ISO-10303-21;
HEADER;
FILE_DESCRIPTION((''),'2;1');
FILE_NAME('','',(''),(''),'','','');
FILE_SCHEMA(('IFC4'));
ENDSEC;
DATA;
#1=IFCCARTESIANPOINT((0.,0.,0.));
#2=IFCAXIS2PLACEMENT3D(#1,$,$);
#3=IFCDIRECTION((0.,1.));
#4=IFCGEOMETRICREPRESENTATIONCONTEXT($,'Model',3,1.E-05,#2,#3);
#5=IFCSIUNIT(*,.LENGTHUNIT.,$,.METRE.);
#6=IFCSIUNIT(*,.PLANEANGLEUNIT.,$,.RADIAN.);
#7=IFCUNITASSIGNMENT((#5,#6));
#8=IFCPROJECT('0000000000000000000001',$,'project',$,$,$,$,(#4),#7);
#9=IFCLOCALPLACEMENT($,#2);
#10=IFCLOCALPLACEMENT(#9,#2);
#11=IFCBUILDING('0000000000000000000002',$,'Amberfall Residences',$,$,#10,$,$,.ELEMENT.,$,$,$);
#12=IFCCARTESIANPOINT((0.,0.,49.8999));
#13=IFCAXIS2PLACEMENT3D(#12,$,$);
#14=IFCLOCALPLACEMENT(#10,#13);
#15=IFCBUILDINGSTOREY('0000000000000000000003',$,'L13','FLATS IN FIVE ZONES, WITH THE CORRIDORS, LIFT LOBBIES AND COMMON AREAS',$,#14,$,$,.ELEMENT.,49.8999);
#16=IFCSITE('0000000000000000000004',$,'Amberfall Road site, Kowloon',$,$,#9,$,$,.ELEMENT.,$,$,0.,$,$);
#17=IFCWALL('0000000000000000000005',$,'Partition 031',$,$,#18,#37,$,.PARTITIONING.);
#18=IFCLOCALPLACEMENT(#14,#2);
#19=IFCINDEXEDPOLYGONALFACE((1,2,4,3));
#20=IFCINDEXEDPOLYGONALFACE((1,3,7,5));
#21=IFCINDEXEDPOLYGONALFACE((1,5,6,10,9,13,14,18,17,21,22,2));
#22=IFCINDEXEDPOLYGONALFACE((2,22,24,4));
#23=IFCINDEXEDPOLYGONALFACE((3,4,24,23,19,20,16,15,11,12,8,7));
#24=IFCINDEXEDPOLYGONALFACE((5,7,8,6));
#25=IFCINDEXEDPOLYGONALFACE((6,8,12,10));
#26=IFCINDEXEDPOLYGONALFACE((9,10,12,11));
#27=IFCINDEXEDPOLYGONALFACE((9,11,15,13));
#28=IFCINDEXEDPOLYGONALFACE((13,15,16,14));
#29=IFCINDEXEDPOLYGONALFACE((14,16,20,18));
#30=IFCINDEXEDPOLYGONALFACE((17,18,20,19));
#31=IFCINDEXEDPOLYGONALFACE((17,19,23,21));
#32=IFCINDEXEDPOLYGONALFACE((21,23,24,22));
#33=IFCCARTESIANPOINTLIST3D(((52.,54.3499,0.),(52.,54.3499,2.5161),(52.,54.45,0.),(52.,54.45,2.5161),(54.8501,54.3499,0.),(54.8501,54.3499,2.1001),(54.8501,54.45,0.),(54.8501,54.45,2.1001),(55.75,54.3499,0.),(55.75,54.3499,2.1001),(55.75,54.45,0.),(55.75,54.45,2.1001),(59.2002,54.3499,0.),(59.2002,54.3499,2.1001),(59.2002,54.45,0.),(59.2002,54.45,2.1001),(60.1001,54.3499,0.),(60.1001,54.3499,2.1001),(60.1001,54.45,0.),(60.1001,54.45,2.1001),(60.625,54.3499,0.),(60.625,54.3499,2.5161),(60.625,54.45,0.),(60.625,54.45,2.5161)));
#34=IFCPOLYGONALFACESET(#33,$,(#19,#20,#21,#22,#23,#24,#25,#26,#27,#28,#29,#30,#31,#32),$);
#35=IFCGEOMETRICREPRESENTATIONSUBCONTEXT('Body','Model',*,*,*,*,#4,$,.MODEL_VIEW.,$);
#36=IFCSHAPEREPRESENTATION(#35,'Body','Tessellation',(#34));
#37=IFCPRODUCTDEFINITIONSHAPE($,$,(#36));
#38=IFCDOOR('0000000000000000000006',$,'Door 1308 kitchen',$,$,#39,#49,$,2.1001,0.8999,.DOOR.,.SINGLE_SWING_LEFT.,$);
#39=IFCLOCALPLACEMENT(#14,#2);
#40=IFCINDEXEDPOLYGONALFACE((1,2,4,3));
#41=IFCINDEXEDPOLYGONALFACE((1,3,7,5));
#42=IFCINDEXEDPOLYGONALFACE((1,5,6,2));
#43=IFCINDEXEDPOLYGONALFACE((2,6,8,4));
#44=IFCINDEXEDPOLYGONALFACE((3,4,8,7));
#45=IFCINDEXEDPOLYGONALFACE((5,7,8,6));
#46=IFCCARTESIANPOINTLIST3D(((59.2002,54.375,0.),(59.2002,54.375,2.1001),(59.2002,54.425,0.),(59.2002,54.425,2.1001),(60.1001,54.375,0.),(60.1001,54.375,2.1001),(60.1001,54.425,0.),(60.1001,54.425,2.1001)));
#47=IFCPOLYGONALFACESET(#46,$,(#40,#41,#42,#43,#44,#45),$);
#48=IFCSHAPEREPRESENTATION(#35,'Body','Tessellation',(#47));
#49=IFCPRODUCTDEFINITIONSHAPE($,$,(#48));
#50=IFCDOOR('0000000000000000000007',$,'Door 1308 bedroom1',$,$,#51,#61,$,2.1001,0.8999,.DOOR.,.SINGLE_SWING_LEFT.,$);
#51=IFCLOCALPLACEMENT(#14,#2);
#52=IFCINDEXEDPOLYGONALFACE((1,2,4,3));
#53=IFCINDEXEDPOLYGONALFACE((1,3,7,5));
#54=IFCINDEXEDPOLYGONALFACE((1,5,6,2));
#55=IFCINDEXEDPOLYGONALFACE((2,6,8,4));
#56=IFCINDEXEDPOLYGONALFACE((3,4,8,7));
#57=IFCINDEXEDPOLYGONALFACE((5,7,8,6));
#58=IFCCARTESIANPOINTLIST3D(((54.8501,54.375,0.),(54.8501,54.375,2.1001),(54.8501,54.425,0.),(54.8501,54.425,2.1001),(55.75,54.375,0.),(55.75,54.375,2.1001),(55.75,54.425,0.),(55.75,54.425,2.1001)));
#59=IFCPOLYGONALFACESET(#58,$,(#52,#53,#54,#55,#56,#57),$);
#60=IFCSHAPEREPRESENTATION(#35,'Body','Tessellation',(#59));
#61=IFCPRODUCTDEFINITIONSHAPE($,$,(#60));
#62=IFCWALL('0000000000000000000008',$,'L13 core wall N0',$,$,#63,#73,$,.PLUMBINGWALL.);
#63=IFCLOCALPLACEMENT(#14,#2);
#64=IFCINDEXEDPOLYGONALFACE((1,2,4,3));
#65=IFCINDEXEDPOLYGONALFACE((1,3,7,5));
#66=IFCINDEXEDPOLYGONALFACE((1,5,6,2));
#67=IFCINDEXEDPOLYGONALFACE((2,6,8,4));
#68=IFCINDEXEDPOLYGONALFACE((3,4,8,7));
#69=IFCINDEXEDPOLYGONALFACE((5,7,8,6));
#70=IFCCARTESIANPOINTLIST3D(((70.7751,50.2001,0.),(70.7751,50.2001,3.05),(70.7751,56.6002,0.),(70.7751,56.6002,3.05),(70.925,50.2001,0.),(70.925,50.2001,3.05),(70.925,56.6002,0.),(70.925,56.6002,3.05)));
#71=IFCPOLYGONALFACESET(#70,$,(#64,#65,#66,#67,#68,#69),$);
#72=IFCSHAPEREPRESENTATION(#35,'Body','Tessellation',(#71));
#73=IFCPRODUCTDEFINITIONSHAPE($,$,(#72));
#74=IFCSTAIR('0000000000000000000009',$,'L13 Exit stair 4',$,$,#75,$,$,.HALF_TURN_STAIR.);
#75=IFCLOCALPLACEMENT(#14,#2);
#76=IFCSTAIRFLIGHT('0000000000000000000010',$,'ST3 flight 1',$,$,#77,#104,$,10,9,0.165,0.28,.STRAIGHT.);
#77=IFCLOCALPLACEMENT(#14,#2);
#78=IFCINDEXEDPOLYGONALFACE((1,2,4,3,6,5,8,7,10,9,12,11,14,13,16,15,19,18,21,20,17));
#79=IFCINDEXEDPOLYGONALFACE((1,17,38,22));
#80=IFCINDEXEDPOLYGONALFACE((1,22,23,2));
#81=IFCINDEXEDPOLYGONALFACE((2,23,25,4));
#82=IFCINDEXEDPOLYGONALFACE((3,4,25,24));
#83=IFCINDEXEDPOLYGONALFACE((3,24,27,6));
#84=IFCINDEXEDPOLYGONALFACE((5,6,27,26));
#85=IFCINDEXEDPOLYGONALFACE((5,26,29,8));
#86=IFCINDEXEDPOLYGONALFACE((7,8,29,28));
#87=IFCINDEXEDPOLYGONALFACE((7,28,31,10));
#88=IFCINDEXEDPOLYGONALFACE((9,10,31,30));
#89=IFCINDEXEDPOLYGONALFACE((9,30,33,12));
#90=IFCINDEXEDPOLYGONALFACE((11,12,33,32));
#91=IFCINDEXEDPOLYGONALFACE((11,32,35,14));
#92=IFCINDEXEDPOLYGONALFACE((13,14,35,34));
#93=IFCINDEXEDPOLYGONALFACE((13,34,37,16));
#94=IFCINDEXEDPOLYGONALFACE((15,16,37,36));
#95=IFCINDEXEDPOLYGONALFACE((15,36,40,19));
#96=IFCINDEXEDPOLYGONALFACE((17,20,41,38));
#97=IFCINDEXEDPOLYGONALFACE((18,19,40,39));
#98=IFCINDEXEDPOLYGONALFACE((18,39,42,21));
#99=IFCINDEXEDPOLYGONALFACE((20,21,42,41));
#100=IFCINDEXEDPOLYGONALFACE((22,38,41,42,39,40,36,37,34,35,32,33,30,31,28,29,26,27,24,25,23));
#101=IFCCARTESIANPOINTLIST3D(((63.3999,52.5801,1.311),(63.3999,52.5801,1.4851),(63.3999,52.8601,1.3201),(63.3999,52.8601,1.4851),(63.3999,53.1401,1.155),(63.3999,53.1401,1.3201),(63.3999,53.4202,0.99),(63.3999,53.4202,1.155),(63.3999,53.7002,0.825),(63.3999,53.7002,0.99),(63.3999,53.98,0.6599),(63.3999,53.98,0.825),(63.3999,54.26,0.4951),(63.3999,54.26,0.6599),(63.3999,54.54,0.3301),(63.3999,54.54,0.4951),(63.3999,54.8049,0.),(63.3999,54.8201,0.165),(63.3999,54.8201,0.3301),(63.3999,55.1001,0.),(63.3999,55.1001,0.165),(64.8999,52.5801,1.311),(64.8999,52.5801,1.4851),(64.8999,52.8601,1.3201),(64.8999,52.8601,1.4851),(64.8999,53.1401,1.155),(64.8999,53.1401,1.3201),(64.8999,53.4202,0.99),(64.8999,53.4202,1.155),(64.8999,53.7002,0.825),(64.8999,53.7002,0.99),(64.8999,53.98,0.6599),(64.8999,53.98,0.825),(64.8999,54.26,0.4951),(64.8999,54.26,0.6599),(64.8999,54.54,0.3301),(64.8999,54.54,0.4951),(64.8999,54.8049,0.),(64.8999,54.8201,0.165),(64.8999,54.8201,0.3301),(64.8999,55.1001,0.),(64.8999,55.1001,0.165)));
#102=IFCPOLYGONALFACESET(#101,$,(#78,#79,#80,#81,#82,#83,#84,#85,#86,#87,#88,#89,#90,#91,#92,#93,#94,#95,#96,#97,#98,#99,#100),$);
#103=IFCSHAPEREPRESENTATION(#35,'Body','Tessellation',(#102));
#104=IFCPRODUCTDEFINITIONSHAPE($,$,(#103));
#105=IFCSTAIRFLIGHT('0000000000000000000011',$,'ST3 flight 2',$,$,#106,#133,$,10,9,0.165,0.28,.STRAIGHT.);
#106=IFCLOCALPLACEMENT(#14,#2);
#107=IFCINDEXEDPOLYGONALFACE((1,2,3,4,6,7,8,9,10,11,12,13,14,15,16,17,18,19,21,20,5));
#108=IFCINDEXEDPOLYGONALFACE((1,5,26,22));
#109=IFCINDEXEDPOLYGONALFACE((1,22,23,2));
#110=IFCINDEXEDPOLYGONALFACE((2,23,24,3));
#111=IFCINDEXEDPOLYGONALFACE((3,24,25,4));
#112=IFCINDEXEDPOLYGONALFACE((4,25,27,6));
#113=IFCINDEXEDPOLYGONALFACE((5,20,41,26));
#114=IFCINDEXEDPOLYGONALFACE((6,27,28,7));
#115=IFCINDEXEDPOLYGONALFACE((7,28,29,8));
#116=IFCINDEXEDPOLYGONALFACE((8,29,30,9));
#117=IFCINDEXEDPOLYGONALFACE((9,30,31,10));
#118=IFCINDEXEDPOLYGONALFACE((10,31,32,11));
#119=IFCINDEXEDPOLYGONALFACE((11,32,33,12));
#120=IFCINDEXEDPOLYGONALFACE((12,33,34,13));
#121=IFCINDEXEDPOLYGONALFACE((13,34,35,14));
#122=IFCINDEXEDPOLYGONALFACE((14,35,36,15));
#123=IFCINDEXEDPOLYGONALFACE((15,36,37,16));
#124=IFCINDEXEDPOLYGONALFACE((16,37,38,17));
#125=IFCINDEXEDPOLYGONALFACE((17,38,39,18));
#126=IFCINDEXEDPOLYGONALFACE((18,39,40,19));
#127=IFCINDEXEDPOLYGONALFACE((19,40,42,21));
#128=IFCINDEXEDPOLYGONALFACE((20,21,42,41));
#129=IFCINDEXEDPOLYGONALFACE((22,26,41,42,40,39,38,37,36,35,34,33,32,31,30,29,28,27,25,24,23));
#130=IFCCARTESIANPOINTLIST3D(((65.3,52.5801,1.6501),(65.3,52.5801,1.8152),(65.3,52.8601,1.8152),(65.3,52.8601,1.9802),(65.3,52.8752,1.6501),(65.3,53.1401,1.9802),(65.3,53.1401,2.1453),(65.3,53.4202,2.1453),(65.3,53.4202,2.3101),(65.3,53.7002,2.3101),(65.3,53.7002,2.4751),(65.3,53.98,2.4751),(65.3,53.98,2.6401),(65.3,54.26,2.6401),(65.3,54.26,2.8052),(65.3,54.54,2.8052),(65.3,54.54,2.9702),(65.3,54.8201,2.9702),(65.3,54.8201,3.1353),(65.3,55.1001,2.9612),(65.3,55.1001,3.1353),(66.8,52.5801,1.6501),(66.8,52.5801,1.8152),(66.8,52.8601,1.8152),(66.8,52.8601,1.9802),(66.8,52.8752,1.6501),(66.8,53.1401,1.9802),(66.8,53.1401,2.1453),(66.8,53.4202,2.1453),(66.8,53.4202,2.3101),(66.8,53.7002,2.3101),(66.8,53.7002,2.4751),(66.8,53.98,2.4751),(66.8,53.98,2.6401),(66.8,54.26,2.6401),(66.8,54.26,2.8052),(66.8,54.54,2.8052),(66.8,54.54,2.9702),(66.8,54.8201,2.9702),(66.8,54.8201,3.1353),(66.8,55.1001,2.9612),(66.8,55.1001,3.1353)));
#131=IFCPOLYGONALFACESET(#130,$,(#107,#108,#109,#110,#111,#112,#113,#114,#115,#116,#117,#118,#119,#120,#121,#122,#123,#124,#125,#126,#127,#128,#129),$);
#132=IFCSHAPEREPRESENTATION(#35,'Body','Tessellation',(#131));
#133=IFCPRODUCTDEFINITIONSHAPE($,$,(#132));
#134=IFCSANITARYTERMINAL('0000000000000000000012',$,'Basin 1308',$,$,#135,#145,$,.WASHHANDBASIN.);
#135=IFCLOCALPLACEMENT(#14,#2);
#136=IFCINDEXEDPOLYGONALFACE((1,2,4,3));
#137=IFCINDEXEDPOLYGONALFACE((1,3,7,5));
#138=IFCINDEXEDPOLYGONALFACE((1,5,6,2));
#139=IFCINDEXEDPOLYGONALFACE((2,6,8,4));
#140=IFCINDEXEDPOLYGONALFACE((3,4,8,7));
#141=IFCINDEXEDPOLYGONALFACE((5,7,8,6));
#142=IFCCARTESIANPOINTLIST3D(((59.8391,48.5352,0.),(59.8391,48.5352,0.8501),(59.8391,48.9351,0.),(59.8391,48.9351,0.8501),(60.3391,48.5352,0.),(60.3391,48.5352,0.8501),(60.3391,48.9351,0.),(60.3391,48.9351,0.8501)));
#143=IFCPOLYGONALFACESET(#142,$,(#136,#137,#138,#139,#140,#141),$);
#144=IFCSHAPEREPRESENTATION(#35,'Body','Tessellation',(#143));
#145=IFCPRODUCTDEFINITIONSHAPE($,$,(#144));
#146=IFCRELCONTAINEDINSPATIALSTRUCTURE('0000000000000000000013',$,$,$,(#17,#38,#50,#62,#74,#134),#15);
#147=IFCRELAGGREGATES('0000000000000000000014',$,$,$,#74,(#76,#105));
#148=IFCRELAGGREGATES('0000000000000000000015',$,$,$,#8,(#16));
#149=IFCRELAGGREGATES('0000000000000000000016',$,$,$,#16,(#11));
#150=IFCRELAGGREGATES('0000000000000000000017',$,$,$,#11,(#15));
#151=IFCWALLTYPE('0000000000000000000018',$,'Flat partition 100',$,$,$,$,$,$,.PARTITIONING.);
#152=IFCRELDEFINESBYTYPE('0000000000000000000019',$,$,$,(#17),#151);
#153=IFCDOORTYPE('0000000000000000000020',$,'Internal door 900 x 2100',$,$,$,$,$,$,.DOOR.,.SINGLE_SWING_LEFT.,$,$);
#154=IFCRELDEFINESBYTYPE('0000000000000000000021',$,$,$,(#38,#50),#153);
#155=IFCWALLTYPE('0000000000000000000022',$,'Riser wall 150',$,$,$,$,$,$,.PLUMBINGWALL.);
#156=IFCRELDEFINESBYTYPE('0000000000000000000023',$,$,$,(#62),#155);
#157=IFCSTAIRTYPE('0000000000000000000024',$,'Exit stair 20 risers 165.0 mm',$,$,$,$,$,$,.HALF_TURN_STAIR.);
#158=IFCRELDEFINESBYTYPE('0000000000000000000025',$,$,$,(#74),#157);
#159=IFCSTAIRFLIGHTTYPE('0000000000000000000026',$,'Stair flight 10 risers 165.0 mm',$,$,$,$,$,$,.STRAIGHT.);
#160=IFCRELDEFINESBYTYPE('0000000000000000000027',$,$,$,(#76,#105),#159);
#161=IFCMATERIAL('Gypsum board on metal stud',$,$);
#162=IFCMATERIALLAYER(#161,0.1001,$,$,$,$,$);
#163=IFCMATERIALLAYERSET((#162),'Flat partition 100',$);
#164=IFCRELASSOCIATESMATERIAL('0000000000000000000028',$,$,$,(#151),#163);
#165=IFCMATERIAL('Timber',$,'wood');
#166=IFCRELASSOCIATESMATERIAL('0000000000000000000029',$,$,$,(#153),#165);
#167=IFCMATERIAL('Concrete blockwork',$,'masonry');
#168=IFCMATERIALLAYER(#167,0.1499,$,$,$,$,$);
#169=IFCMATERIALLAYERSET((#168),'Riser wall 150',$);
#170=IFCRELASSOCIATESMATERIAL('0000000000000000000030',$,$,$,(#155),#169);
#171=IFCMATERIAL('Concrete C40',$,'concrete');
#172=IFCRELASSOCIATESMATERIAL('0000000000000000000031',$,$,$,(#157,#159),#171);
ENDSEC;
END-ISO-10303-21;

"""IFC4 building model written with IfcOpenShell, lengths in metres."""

from ifc_helpers import new_model, si_unit, direction, frame, frame_2d, origin, origin_2d, place, context, subcontext, project, spatial, polyline, rectangle, outline, extrude, material, layer, layer_set, type_object, element, fill, aggregate, save


model = new_model("IFC4")

# Units and contexts
model_context = context("Model", 3, precision=1e-05, world=origin(), true_north=direction((0.0, 1.0)))
body_context = subcontext(model_context, "Body", "Model", "MODEL_VIEW")
ifc_project = project(units=[si_unit("LENGTHUNIT", "METRE"), si_unit("PLANEANGLEUNIT", "RADIAN")], contexts=[model_context])

# Site, building, storey
site_placement = place(None, origin())
site = spatial("IfcSite", under=ifc_project, at=site_placement, Name="Amberfall Road site, Kowloon", CompositionType="ELEMENT", RefElevation=0.0)
building_placement = place(site_placement, origin())
building = spatial("IfcBuilding", under=site, at=building_placement, Name="Amberfall Residences", CompositionType="ELEMENT")
storey_placement = place(building_placement, frame((0.0, 0.0, 49.8999)))
storey = spatial("IfcBuildingStorey", under=building, at=storey_placement, Name="L13", Description="FLATS IN FIVE ZONES, WITH THE CORRIDORS, LIFT LOBBIES AND COMMON AREAS", CompositionType="ELEMENT", Elevation=49.8999)

# Wall, openings, doors
ifc_material_1 = material(Name="Gypsum board on metal stud")
ifc_layer_1 = layer(ifc_material_1, 0.1001)
ifc_layer_set_1 = layer_set([ifc_layer_1], Name="Flat partition 100")
wall_type_1 = type_object("IfcWallType", Name="Flat partition 100", PredefinedType="PARTITIONING", material=ifc_layer_set_1)
wall_1_placement = place(storey_placement, frame((60.625, 54.3999, 0.0), z_axis=(0.0, 0.0, 1.0), x_axis=(-1.0, 0.0, 0.0)))
wall_1 = element("IfcWall", 1, at=wall_1_placement, inside=storey, type_object=wall_type_1, Name="Partition 031", PredefinedType="PARTITIONING", context=body_context, shape_type="SweptSolid", body=[
    extrude(rectangle(XDim=8.625, YDim=0.1001, at=frame_2d((4.3125, 0.0))), origin(), (0.0, 0.0, 1.0), 2.5161),
])
opening_1_placement = place(wall_1_placement, frame((0.5249, 0.0, 0.0)))
opening_1 = element("IfcOpeningElement", 2, at=opening_1_placement, cuts=wall_1, PredefinedType="OPENING", context=body_context, shape_type="SweptSolid", body=[
    extrude(rectangle(XDim=0.8999, YDim=2.1001, at=frame_2d((0.45, 1.05))), frame((0.0, 0.0601, 0.0), z_axis=(0.0, -1.0, 0.0), x_axis=(1.0, 0.0, 0.0)), (0.0, 0.0, 1.0), 0.1201),
])
opening_2_placement = place(wall_1_placement, frame((4.875, 0.0, 0.0)))
opening_2 = element("IfcOpeningElement", 3, at=opening_2_placement, cuts=wall_1, PredefinedType="OPENING", context=body_context, shape_type="SweptSolid", body=[
    extrude(rectangle(XDim=0.8999, YDim=2.1001, at=frame_2d((0.45, 1.05))), frame((0.0, 0.0601, 0.0), z_axis=(0.0, -1.0, 0.0), x_axis=(1.0, 0.0, 0.0)), (0.0, 0.0, 1.0), 0.1201),
])
ifc_material_2 = material(Name="Timber", Category="wood")
door_type_1 = type_object("IfcDoorType", Name="Internal door 900 x 2100", OperationType="SINGLE_SWING_LEFT", PredefinedType="DOOR", material=ifc_material_2)
door_1_placement = place(opening_1_placement, origin())
door_1 = element("IfcDoor", 4, at=door_1_placement, inside=storey, type_object=door_type_1, Name="Door 1308 kitchen", OperationType="SINGLE_SWING_LEFT", OverallHeight=2.1001, OverallWidth=0.8999, PredefinedType="DOOR", context=body_context, shape_type="SweptSolid", body=[
    extrude(rectangle(XDim=0.8999, YDim=2.1001, at=frame_2d((0.45, 1.05))), frame((0.0, 0.0249, 0.0), z_axis=(0.0, -1.0, 0.0), x_axis=(1.0, 0.0, 0.0)), (0.0, 0.0, 1.0), 0.05),
])
fill(opening_1, door_1)
door_2_placement = place(opening_2_placement, origin())
door_2 = element("IfcDoor", 5, at=door_2_placement, inside=storey, type_object=door_type_1, Name="Door 1308 bedroom1", OperationType="SINGLE_SWING_LEFT", OverallHeight=2.1001, OverallWidth=0.8999, PredefinedType="DOOR", context=body_context, shape_type="SweptSolid", body=[
    extrude(rectangle(XDim=0.8999, YDim=2.1001, at=frame_2d((0.45, 1.05))), frame((0.0, 0.0249, 0.0), z_axis=(0.0, -1.0, 0.0), x_axis=(1.0, 0.0, 0.0)), (0.0, 0.0, 1.0), 0.05),
])
fill(opening_2, door_2)

# Wall
ifc_material_3 = material(Name="Concrete blockwork", Category="masonry")
ifc_layer_2 = layer(ifc_material_3, 0.1499)
ifc_layer_set_2 = layer_set([ifc_layer_2], Name="Riser wall 150")
wall_type_2 = type_object("IfcWallType", Name="Riser wall 150", PredefinedType="PLUMBINGWALL", material=ifc_layer_set_2)
wall_2_placement = place(storey_placement, frame((70.8501, 50.2, 0.0), z_axis=(0.0, 0.0, 1.0), x_axis=(0.0, 1.0, 0.0)))
element("IfcWall", 6, at=wall_2_placement, inside=storey, type_object=wall_type_2, Name="L13 core wall N0", PredefinedType="PLUMBINGWALL", context=body_context, shape_type="SweptSolid", body=[
    extrude(rectangle(XDim=6.4001, YDim=0.1499, at=frame_2d((3.2002, 0.0))), origin(), (0.0, 0.0, 1.0), 3.05),
])

# Stair, stair flights
ifc_material_4 = material(Name="Concrete C40", Category="concrete")
stair_type = type_object("IfcStairType", Name="Exit stair 20 risers 165.0 mm", PredefinedType="HALF_TURN_STAIR", material=ifc_material_4)
stair_placement = place(storey_placement, origin())
stair = element("IfcStair", 7, at=stair_placement, inside=storey, type_object=stair_type, Name="L13 Exit stair 4", PredefinedType="HALF_TURN_STAIR")
stair_flight_type = type_object("IfcStairFlightType", Name="Stair flight 10 risers 165.0 mm", PredefinedType="STRAIGHT", material=ifc_material_4)
stair_flight_1_placement = place(storey_placement, frame((64.1499, 55.1001, 0.0), z_axis=(0.0, 0.0, 1.0), x_axis=(0.0, -1.0, 0.0)))
stair_flight_1 = element("IfcStairFlight", 8, at=stair_flight_1_placement, type_object=stair_flight_type, Name="ST3 flight 1", NumberOfRisers=10, NumberOfTreads=9, PredefinedType="STRAIGHT", RiserHeight=0.165, TreadLength=0.28, context=body_context, shape_type="SweptSolid", body=[
    extrude(outline(polyline([(0.0, 0.0), (0.0, 0.165), (0.28, 0.165), (0.28, 0.3301), (0.5601, 0.3301), (0.5601, 0.4951), (0.8401, 0.4951), (0.8401, 0.6599), (1.1201, 0.6599), (1.1201, 0.825), (1.3999, 0.825), (1.3999, 0.99), (1.6799, 0.99), (1.6799, 1.155), (1.96, 1.155), (1.96, 1.3201), (2.24, 1.3201), (2.24, 1.4851), (2.52, 1.4851), (2.52, 1.6499), (2.52, 1.311), (0.2952, 0.0), (0.0, 0.0)])), frame((0.0, 0.75, 0.0), z_axis=(0.0, -1.0, 0.0), x_axis=(1.0, 0.0, 0.0)), (0.0, 0.0, 1.0), 1.5),
])
stair_flight_2_placement = place(storey_placement, frame((66.05, 52.5801, 1.6501), z_axis=(0.0, 0.0, 1.0), x_axis=(0.0, 1.0, 0.0)))
stair_flight_2 = element("IfcStairFlight", 9, at=stair_flight_2_placement, type_object=stair_flight_type, Name="ST3 flight 2", NumberOfRisers=10, NumberOfTreads=9, PredefinedType="STRAIGHT", RiserHeight=0.165, TreadLength=0.28, context=body_context, shape_type="SweptSolid", body=[
    extrude(outline(polyline([(0.0, 0.0), (0.0, 0.165), (0.28, 0.165), (0.28, 0.3301), (0.5601, 0.3301), (0.5601, 0.4951), (0.8401, 0.4951), (0.8401, 0.6599), (1.1201, 0.6599), (1.1201, 0.825), (1.3999, 0.825), (1.3999, 0.99), (1.6799, 0.99), (1.6799, 1.155), (1.96, 1.155), (1.96, 1.3201), (2.24, 1.3201), (2.24, 1.4851), (2.52, 1.4851), (2.52, 1.6499), (2.52, 1.311), (0.2952, 0.0), (0.0, 0.0)])), frame((0.0, 0.75, 0.0), z_axis=(0.0, -1.0, 0.0), x_axis=(1.0, 0.0, 0.0)), (0.0, 0.0, 1.0), 1.5),
])
aggregate(stair, [stair_flight_1, stair_flight_2])

# Sanitary terminal
sanitary_terminal_placement = place(storey_placement, frame((60.0891, 48.7351, 0.0), z_axis=(0.0, 0.0, 1.0), x_axis=(1.0, 0.0, 0.0)))
element("IfcSanitaryTerminal", 10, at=sanitary_terminal_placement, inside=storey, Name="Basin 1308", PredefinedType="WASHHANDBASIN", context=body_context, shape_type="SweptSolid", body=[
    extrude(rectangle(XDim=0.5, YDim=0.3999, at=origin_2d()), origin(), (0.0, 0.0, 1.0), 0.8501),
])

save(model, "model.ifc")
